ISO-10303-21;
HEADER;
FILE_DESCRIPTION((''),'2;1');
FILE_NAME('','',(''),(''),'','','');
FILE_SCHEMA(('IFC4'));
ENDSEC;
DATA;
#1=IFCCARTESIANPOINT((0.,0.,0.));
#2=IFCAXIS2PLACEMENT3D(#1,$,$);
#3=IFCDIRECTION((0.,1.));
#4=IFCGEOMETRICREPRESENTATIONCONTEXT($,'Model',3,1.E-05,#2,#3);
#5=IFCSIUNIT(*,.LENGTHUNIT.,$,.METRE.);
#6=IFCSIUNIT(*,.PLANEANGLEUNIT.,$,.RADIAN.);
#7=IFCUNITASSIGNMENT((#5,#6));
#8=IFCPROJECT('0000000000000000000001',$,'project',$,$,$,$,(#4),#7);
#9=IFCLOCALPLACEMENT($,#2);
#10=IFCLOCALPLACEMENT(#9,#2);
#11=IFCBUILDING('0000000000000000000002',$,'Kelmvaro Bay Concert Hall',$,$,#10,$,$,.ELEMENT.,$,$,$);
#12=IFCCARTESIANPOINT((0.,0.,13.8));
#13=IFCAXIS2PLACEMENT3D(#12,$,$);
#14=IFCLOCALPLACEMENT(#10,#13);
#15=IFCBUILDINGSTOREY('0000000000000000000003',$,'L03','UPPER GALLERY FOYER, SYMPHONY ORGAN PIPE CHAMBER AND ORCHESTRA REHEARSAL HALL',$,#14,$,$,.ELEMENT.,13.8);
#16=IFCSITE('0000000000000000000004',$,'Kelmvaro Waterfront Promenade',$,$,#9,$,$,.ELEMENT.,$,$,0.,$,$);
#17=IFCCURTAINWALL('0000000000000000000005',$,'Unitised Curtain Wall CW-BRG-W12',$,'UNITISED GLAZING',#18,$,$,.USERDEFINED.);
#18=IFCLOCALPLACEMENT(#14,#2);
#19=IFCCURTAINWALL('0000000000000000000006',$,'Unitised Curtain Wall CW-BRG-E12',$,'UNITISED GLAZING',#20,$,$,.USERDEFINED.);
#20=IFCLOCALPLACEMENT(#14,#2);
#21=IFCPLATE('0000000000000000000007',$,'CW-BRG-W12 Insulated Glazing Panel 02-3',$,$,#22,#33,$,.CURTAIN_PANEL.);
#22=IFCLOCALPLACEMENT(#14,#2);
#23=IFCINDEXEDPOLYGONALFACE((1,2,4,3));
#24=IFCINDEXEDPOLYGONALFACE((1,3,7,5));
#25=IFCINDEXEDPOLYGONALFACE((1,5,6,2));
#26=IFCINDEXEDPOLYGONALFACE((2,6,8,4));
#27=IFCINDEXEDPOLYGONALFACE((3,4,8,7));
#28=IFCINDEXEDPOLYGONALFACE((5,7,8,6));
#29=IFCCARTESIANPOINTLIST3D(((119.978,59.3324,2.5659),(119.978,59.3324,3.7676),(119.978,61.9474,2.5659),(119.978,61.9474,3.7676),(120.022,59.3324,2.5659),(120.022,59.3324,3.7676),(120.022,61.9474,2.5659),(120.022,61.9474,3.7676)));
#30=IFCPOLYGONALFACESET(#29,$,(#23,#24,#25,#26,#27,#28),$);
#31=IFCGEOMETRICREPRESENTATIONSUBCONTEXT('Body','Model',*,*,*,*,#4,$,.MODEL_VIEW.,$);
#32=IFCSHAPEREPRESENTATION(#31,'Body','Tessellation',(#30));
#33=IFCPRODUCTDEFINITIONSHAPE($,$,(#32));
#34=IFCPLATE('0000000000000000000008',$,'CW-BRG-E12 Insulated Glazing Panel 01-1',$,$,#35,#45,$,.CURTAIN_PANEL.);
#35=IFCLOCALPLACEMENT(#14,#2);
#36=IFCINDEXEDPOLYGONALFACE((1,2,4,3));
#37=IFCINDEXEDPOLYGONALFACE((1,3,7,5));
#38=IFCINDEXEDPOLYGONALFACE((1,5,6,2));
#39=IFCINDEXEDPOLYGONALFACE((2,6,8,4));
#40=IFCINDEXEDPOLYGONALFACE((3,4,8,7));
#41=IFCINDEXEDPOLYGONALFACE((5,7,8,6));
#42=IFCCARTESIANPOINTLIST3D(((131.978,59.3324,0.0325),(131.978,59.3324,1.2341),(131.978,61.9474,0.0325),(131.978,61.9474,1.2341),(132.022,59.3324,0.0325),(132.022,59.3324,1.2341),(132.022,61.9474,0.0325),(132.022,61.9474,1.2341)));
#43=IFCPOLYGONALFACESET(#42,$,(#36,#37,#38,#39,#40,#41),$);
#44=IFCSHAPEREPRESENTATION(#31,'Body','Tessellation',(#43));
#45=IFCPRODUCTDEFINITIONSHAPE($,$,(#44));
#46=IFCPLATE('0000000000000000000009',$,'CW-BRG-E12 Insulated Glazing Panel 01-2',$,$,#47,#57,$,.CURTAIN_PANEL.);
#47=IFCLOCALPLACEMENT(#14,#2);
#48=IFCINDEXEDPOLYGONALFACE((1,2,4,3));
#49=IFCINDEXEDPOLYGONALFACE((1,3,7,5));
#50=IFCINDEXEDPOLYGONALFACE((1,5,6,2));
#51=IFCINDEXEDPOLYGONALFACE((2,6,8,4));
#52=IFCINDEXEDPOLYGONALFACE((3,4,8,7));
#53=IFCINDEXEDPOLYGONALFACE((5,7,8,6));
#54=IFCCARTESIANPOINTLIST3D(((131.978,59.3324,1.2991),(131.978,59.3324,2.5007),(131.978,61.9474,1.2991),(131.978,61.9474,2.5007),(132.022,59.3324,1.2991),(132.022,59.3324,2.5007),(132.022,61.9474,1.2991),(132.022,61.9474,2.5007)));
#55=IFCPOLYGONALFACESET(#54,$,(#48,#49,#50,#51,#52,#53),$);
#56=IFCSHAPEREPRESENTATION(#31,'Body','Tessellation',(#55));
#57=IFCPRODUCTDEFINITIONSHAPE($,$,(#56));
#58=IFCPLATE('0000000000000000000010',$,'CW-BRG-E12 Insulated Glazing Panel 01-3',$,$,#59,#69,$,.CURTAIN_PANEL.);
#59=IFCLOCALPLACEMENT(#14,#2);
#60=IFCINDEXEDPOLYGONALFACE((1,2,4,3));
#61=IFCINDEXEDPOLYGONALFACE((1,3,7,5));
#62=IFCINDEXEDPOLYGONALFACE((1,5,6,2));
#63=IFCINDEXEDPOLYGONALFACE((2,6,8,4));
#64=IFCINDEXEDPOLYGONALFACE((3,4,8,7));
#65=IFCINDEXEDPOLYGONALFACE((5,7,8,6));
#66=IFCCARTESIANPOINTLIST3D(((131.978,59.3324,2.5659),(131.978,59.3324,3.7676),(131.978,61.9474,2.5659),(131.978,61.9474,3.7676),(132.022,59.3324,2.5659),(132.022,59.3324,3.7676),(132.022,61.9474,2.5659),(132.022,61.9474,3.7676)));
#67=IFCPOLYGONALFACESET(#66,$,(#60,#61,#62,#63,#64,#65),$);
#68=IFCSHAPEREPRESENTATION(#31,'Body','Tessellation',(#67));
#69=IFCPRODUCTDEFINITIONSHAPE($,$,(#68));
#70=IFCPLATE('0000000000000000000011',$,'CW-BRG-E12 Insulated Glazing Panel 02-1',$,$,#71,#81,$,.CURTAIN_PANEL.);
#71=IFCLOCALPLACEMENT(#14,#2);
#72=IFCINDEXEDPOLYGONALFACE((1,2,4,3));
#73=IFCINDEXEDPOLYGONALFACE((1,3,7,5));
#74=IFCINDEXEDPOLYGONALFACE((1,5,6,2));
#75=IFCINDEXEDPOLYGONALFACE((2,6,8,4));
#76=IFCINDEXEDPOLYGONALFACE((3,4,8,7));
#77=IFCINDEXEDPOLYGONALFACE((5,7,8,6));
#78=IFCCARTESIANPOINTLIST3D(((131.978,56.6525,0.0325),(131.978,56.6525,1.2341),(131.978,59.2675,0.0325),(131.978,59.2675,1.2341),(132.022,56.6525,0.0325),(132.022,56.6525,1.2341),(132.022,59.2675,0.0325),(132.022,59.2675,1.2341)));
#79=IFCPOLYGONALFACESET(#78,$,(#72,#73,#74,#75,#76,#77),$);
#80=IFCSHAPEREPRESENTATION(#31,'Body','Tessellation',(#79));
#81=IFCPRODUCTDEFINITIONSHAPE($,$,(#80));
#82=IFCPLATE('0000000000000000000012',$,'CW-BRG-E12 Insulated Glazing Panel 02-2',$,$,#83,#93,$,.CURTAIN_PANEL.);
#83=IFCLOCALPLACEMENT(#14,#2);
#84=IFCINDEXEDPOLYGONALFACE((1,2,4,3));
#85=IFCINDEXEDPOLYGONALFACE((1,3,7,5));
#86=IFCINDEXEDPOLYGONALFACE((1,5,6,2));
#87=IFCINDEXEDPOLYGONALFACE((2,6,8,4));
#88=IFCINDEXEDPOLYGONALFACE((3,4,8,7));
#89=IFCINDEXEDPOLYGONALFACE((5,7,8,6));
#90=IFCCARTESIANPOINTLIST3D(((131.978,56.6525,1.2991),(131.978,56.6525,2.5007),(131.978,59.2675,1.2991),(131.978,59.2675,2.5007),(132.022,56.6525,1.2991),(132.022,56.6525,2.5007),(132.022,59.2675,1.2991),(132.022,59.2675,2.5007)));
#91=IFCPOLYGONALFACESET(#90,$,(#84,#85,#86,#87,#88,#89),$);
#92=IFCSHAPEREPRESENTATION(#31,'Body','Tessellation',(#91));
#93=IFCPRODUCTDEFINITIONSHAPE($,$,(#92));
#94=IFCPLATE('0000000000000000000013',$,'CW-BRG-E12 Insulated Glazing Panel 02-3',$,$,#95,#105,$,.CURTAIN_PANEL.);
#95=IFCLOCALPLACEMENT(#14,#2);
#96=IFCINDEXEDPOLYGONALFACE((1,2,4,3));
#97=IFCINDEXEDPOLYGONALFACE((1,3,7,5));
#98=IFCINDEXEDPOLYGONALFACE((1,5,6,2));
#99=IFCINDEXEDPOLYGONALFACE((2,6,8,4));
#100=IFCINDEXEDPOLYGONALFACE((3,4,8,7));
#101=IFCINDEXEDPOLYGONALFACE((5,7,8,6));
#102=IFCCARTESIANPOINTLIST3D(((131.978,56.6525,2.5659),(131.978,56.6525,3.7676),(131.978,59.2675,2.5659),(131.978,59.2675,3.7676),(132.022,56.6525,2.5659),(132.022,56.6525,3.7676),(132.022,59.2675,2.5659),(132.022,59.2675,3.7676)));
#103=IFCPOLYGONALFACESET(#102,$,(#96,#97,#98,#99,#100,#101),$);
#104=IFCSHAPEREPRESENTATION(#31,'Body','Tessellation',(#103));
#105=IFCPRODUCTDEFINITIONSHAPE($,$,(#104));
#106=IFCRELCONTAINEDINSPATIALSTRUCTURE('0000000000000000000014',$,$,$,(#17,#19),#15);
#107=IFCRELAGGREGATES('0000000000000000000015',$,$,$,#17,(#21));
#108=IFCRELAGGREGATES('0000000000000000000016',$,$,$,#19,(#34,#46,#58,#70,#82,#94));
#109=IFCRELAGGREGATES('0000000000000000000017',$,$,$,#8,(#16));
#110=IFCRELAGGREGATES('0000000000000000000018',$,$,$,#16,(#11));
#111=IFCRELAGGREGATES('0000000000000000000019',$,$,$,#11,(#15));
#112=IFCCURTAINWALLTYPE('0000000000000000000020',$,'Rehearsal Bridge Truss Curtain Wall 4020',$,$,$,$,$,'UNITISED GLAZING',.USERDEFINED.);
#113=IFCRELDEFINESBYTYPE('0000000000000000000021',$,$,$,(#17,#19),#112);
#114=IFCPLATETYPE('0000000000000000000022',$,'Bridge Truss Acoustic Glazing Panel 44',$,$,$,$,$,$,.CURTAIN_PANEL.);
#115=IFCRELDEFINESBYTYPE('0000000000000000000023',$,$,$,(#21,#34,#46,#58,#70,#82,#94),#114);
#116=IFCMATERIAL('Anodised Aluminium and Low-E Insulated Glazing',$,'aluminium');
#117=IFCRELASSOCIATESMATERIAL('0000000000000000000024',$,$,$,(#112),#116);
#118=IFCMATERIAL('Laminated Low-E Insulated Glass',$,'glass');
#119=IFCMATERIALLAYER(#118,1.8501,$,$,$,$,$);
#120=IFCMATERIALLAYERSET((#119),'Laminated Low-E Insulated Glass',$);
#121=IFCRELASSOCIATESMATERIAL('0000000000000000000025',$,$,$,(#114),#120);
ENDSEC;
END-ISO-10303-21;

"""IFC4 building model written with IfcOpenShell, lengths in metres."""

from ifc_helpers import new_model, si_unit, direction, frame, origin, origin_2d, place, context, subcontext, project, spatial, rectangle, extrude, material, layer, layer_set, type_object, element, aggregate, save


model = new_model("IFC4")

# Units and contexts
model_context = context("Model", 3, precision=1e-05, world=origin(), true_north=direction((0.0, 1.0)))
body_context = subcontext(model_context, "Body", "Model", "MODEL_VIEW")
ifc_project = project(units=[si_unit("LENGTHUNIT", "METRE"), si_unit("PLANEANGLEUNIT", "RADIAN")], contexts=[model_context])

# Site, building, storey
site_placement = place(None, origin())
site = spatial("IfcSite", under=ifc_project, at=site_placement, Name="Kelmvaro Waterfront Promenade", CompositionType="ELEMENT", RefElevation=0.0)
building_placement = place(site_placement, origin())
building = spatial("IfcBuilding", under=site, at=building_placement, Name="Kelmvaro Bay Concert Hall", CompositionType="ELEMENT")
storey_placement = place(building_placement, frame((0.0, 0.0, 13.8)))
storey = spatial("IfcBuildingStorey", under=building, at=storey_placement, Name="L03", Description="UPPER GALLERY FOYER, SYMPHONY ORGAN PIPE CHAMBER AND ORCHESTRA REHEARSAL HALL", CompositionType="ELEMENT", Elevation=13.8)

# Curtain walls
ifc_material_1 = material(Name="Anodised Aluminium and Low-E Insulated Glazing", Category="aluminium")
curtain_wall_type = type_object("IfcCurtainWallType", Name="Rehearsal Bridge Truss Curtain Wall 4020", ElementType="UNITISED GLAZING", PredefinedType="USERDEFINED", material=ifc_material_1)
curtain_wall_1_placement = place(storey_placement, origin())
curtain_wall_1 = element("IfcCurtainWall", 1, at=curtain_wall_1_placement, inside=storey, type_object=curtain_wall_type, Name="Unitised Curtain Wall CW-BRG-W12", ObjectType="UNITISED GLAZING", PredefinedType="USERDEFINED")
curtain_wall_2_placement = place(storey_placement, origin())
curtain_wall_2 = element("IfcCurtainWall", 2, at=curtain_wall_2_placement, inside=storey, type_object=curtain_wall_type, Name="Unitised Curtain Wall CW-BRG-E12", ObjectType="UNITISED GLAZING", PredefinedType="USERDEFINED")

# Plates
ifc_material_2 = material(Name="Laminated Low-E Insulated Glass", Category="glass")
ifc_layer_1 = layer(ifc_material_2, 1.8501)
ifc_layer_set_1 = layer_set([ifc_layer_1], Name="Laminated Low-E Insulated Glass")
plate_type_1 = type_object("IfcPlateType", Name="Bridge Truss Acoustic Glazing Panel 44", PredefinedType="CURTAIN_PANEL", material=ifc_layer_set_1)
plate_1_placement = place(storey_placement, frame((120.0, 60.6399, 2.5659), z_axis=(0.0, 0.0, 1.0), x_axis=(0.0, 1.0, 0.0)))
plate_1 = element("IfcPlate", 3, at=plate_1_placement, type_object=plate_type_1, Name="CW-BRG-W12 Insulated Glazing Panel 02-3", PredefinedType="CURTAIN_PANEL", context=body_context, shape_type="SweptSolid", body=[
    extrude(rectangle(XDim=2.615, YDim=0.0439, at=origin_2d()), origin(), (0.0, 0.0, 1.0), 1.2017),
])
aggregate(curtain_wall_1, [plate_1])
plate_2_placement = place(storey_placement, frame((132.0, 60.6399, 0.0325), z_axis=(0.0, 0.0, 1.0), x_axis=(0.0, -1.0, 0.0)))
plate_2 = element("IfcPlate", 4, at=plate_2_placement, type_object=plate_type_1, Name="CW-BRG-E12 Insulated Glazing Panel 01-1", PredefinedType="CURTAIN_PANEL", context=body_context, shape_type="SweptSolid", body=[
    extrude(rectangle(XDim=2.615, YDim=0.0439, at=origin_2d()), origin(), (0.0, 0.0, 1.0), 1.2017),
])
plate_3_placement = place(storey_placement, frame((132.0, 60.6399, 1.2991), z_axis=(0.0, 0.0, 1.0), x_axis=(0.0, -1.0, 0.0)))
plate_3 = element("IfcPlate", 5, at=plate_3_placement, type_object=plate_type_1, Name="CW-BRG-E12 Insulated Glazing Panel 01-2", PredefinedType="CURTAIN_PANEL", context=body_context, shape_type="SweptSolid", body=[
    extrude(rectangle(XDim=2.615, YDim=0.0439, at=origin_2d()), origin(), (0.0, 0.0, 1.0), 1.2017),
])
plate_4_placement = place(storey_placement, frame((132.0, 60.6399, 2.5659), z_axis=(0.0, 0.0, 1.0), x_axis=(0.0, -1.0, 0.0)))
plate_4 = element("IfcPlate", 6, at=plate_4_placement, type_object=plate_type_1, Name="CW-BRG-E12 Insulated Glazing Panel 01-3", PredefinedType="CURTAIN_PANEL", context=body_context, shape_type="SweptSolid", body=[
    extrude(rectangle(XDim=2.615, YDim=0.0439, at=origin_2d()), origin(), (0.0, 0.0, 1.0), 1.2017),
])
plate_5_placement = place(storey_placement, frame((132.0, 57.96, 0.0325), z_axis=(0.0, 0.0, 1.0), x_axis=(0.0, -1.0, 0.0)))
plate_5 = element("IfcPlate", 7, at=plate_5_placement, type_object=plate_type_1, Name="CW-BRG-E12 Insulated Glazing Panel 02-1", PredefinedType="CURTAIN_PANEL", context=body_context, shape_type="SweptSolid", body=[
    extrude(rectangle(XDim=2.615, YDim=0.0439, at=origin_2d()), origin(), (0.0, 0.0, 1.0), 1.2017),
])
plate_6_placement = place(storey_placement, frame((132.0, 57.96, 1.2991), z_axis=(0.0, 0.0, 1.0), x_axis=(0.0, -1.0, 0.0)))
plate_6 = element("IfcPlate", 8, at=plate_6_placement, type_object=plate_type_1, Name="CW-BRG-E12 Insulated Glazing Panel 02-2", PredefinedType="CURTAIN_PANEL", context=body_context, shape_type="SweptSolid", body=[
    extrude(rectangle(XDim=2.615, YDim=0.0439, at=origin_2d()), origin(), (0.0, 0.0, 1.0), 1.2017),
])
plate_7_placement = place(storey_placement, frame((132.0, 57.96, 2.5659), z_axis=(0.0, 0.0, 1.0), x_axis=(0.0, -1.0, 0.0)))
plate_7 = element("IfcPlate", 9, at=plate_7_placement, type_object=plate_type_1, Name="CW-BRG-E12 Insulated Glazing Panel 02-3", PredefinedType="CURTAIN_PANEL", context=body_context, shape_type="SweptSolid", body=[
    extrude(rectangle(XDim=2.615, YDim=0.0439, at=origin_2d()), origin(), (0.0, 0.0, 1.0), 1.2017),
])
aggregate(curtain_wall_2, [plate_2, plate_3, plate_4, plate_5, plate_6, plate_7])

save(model, "model.ifc")
